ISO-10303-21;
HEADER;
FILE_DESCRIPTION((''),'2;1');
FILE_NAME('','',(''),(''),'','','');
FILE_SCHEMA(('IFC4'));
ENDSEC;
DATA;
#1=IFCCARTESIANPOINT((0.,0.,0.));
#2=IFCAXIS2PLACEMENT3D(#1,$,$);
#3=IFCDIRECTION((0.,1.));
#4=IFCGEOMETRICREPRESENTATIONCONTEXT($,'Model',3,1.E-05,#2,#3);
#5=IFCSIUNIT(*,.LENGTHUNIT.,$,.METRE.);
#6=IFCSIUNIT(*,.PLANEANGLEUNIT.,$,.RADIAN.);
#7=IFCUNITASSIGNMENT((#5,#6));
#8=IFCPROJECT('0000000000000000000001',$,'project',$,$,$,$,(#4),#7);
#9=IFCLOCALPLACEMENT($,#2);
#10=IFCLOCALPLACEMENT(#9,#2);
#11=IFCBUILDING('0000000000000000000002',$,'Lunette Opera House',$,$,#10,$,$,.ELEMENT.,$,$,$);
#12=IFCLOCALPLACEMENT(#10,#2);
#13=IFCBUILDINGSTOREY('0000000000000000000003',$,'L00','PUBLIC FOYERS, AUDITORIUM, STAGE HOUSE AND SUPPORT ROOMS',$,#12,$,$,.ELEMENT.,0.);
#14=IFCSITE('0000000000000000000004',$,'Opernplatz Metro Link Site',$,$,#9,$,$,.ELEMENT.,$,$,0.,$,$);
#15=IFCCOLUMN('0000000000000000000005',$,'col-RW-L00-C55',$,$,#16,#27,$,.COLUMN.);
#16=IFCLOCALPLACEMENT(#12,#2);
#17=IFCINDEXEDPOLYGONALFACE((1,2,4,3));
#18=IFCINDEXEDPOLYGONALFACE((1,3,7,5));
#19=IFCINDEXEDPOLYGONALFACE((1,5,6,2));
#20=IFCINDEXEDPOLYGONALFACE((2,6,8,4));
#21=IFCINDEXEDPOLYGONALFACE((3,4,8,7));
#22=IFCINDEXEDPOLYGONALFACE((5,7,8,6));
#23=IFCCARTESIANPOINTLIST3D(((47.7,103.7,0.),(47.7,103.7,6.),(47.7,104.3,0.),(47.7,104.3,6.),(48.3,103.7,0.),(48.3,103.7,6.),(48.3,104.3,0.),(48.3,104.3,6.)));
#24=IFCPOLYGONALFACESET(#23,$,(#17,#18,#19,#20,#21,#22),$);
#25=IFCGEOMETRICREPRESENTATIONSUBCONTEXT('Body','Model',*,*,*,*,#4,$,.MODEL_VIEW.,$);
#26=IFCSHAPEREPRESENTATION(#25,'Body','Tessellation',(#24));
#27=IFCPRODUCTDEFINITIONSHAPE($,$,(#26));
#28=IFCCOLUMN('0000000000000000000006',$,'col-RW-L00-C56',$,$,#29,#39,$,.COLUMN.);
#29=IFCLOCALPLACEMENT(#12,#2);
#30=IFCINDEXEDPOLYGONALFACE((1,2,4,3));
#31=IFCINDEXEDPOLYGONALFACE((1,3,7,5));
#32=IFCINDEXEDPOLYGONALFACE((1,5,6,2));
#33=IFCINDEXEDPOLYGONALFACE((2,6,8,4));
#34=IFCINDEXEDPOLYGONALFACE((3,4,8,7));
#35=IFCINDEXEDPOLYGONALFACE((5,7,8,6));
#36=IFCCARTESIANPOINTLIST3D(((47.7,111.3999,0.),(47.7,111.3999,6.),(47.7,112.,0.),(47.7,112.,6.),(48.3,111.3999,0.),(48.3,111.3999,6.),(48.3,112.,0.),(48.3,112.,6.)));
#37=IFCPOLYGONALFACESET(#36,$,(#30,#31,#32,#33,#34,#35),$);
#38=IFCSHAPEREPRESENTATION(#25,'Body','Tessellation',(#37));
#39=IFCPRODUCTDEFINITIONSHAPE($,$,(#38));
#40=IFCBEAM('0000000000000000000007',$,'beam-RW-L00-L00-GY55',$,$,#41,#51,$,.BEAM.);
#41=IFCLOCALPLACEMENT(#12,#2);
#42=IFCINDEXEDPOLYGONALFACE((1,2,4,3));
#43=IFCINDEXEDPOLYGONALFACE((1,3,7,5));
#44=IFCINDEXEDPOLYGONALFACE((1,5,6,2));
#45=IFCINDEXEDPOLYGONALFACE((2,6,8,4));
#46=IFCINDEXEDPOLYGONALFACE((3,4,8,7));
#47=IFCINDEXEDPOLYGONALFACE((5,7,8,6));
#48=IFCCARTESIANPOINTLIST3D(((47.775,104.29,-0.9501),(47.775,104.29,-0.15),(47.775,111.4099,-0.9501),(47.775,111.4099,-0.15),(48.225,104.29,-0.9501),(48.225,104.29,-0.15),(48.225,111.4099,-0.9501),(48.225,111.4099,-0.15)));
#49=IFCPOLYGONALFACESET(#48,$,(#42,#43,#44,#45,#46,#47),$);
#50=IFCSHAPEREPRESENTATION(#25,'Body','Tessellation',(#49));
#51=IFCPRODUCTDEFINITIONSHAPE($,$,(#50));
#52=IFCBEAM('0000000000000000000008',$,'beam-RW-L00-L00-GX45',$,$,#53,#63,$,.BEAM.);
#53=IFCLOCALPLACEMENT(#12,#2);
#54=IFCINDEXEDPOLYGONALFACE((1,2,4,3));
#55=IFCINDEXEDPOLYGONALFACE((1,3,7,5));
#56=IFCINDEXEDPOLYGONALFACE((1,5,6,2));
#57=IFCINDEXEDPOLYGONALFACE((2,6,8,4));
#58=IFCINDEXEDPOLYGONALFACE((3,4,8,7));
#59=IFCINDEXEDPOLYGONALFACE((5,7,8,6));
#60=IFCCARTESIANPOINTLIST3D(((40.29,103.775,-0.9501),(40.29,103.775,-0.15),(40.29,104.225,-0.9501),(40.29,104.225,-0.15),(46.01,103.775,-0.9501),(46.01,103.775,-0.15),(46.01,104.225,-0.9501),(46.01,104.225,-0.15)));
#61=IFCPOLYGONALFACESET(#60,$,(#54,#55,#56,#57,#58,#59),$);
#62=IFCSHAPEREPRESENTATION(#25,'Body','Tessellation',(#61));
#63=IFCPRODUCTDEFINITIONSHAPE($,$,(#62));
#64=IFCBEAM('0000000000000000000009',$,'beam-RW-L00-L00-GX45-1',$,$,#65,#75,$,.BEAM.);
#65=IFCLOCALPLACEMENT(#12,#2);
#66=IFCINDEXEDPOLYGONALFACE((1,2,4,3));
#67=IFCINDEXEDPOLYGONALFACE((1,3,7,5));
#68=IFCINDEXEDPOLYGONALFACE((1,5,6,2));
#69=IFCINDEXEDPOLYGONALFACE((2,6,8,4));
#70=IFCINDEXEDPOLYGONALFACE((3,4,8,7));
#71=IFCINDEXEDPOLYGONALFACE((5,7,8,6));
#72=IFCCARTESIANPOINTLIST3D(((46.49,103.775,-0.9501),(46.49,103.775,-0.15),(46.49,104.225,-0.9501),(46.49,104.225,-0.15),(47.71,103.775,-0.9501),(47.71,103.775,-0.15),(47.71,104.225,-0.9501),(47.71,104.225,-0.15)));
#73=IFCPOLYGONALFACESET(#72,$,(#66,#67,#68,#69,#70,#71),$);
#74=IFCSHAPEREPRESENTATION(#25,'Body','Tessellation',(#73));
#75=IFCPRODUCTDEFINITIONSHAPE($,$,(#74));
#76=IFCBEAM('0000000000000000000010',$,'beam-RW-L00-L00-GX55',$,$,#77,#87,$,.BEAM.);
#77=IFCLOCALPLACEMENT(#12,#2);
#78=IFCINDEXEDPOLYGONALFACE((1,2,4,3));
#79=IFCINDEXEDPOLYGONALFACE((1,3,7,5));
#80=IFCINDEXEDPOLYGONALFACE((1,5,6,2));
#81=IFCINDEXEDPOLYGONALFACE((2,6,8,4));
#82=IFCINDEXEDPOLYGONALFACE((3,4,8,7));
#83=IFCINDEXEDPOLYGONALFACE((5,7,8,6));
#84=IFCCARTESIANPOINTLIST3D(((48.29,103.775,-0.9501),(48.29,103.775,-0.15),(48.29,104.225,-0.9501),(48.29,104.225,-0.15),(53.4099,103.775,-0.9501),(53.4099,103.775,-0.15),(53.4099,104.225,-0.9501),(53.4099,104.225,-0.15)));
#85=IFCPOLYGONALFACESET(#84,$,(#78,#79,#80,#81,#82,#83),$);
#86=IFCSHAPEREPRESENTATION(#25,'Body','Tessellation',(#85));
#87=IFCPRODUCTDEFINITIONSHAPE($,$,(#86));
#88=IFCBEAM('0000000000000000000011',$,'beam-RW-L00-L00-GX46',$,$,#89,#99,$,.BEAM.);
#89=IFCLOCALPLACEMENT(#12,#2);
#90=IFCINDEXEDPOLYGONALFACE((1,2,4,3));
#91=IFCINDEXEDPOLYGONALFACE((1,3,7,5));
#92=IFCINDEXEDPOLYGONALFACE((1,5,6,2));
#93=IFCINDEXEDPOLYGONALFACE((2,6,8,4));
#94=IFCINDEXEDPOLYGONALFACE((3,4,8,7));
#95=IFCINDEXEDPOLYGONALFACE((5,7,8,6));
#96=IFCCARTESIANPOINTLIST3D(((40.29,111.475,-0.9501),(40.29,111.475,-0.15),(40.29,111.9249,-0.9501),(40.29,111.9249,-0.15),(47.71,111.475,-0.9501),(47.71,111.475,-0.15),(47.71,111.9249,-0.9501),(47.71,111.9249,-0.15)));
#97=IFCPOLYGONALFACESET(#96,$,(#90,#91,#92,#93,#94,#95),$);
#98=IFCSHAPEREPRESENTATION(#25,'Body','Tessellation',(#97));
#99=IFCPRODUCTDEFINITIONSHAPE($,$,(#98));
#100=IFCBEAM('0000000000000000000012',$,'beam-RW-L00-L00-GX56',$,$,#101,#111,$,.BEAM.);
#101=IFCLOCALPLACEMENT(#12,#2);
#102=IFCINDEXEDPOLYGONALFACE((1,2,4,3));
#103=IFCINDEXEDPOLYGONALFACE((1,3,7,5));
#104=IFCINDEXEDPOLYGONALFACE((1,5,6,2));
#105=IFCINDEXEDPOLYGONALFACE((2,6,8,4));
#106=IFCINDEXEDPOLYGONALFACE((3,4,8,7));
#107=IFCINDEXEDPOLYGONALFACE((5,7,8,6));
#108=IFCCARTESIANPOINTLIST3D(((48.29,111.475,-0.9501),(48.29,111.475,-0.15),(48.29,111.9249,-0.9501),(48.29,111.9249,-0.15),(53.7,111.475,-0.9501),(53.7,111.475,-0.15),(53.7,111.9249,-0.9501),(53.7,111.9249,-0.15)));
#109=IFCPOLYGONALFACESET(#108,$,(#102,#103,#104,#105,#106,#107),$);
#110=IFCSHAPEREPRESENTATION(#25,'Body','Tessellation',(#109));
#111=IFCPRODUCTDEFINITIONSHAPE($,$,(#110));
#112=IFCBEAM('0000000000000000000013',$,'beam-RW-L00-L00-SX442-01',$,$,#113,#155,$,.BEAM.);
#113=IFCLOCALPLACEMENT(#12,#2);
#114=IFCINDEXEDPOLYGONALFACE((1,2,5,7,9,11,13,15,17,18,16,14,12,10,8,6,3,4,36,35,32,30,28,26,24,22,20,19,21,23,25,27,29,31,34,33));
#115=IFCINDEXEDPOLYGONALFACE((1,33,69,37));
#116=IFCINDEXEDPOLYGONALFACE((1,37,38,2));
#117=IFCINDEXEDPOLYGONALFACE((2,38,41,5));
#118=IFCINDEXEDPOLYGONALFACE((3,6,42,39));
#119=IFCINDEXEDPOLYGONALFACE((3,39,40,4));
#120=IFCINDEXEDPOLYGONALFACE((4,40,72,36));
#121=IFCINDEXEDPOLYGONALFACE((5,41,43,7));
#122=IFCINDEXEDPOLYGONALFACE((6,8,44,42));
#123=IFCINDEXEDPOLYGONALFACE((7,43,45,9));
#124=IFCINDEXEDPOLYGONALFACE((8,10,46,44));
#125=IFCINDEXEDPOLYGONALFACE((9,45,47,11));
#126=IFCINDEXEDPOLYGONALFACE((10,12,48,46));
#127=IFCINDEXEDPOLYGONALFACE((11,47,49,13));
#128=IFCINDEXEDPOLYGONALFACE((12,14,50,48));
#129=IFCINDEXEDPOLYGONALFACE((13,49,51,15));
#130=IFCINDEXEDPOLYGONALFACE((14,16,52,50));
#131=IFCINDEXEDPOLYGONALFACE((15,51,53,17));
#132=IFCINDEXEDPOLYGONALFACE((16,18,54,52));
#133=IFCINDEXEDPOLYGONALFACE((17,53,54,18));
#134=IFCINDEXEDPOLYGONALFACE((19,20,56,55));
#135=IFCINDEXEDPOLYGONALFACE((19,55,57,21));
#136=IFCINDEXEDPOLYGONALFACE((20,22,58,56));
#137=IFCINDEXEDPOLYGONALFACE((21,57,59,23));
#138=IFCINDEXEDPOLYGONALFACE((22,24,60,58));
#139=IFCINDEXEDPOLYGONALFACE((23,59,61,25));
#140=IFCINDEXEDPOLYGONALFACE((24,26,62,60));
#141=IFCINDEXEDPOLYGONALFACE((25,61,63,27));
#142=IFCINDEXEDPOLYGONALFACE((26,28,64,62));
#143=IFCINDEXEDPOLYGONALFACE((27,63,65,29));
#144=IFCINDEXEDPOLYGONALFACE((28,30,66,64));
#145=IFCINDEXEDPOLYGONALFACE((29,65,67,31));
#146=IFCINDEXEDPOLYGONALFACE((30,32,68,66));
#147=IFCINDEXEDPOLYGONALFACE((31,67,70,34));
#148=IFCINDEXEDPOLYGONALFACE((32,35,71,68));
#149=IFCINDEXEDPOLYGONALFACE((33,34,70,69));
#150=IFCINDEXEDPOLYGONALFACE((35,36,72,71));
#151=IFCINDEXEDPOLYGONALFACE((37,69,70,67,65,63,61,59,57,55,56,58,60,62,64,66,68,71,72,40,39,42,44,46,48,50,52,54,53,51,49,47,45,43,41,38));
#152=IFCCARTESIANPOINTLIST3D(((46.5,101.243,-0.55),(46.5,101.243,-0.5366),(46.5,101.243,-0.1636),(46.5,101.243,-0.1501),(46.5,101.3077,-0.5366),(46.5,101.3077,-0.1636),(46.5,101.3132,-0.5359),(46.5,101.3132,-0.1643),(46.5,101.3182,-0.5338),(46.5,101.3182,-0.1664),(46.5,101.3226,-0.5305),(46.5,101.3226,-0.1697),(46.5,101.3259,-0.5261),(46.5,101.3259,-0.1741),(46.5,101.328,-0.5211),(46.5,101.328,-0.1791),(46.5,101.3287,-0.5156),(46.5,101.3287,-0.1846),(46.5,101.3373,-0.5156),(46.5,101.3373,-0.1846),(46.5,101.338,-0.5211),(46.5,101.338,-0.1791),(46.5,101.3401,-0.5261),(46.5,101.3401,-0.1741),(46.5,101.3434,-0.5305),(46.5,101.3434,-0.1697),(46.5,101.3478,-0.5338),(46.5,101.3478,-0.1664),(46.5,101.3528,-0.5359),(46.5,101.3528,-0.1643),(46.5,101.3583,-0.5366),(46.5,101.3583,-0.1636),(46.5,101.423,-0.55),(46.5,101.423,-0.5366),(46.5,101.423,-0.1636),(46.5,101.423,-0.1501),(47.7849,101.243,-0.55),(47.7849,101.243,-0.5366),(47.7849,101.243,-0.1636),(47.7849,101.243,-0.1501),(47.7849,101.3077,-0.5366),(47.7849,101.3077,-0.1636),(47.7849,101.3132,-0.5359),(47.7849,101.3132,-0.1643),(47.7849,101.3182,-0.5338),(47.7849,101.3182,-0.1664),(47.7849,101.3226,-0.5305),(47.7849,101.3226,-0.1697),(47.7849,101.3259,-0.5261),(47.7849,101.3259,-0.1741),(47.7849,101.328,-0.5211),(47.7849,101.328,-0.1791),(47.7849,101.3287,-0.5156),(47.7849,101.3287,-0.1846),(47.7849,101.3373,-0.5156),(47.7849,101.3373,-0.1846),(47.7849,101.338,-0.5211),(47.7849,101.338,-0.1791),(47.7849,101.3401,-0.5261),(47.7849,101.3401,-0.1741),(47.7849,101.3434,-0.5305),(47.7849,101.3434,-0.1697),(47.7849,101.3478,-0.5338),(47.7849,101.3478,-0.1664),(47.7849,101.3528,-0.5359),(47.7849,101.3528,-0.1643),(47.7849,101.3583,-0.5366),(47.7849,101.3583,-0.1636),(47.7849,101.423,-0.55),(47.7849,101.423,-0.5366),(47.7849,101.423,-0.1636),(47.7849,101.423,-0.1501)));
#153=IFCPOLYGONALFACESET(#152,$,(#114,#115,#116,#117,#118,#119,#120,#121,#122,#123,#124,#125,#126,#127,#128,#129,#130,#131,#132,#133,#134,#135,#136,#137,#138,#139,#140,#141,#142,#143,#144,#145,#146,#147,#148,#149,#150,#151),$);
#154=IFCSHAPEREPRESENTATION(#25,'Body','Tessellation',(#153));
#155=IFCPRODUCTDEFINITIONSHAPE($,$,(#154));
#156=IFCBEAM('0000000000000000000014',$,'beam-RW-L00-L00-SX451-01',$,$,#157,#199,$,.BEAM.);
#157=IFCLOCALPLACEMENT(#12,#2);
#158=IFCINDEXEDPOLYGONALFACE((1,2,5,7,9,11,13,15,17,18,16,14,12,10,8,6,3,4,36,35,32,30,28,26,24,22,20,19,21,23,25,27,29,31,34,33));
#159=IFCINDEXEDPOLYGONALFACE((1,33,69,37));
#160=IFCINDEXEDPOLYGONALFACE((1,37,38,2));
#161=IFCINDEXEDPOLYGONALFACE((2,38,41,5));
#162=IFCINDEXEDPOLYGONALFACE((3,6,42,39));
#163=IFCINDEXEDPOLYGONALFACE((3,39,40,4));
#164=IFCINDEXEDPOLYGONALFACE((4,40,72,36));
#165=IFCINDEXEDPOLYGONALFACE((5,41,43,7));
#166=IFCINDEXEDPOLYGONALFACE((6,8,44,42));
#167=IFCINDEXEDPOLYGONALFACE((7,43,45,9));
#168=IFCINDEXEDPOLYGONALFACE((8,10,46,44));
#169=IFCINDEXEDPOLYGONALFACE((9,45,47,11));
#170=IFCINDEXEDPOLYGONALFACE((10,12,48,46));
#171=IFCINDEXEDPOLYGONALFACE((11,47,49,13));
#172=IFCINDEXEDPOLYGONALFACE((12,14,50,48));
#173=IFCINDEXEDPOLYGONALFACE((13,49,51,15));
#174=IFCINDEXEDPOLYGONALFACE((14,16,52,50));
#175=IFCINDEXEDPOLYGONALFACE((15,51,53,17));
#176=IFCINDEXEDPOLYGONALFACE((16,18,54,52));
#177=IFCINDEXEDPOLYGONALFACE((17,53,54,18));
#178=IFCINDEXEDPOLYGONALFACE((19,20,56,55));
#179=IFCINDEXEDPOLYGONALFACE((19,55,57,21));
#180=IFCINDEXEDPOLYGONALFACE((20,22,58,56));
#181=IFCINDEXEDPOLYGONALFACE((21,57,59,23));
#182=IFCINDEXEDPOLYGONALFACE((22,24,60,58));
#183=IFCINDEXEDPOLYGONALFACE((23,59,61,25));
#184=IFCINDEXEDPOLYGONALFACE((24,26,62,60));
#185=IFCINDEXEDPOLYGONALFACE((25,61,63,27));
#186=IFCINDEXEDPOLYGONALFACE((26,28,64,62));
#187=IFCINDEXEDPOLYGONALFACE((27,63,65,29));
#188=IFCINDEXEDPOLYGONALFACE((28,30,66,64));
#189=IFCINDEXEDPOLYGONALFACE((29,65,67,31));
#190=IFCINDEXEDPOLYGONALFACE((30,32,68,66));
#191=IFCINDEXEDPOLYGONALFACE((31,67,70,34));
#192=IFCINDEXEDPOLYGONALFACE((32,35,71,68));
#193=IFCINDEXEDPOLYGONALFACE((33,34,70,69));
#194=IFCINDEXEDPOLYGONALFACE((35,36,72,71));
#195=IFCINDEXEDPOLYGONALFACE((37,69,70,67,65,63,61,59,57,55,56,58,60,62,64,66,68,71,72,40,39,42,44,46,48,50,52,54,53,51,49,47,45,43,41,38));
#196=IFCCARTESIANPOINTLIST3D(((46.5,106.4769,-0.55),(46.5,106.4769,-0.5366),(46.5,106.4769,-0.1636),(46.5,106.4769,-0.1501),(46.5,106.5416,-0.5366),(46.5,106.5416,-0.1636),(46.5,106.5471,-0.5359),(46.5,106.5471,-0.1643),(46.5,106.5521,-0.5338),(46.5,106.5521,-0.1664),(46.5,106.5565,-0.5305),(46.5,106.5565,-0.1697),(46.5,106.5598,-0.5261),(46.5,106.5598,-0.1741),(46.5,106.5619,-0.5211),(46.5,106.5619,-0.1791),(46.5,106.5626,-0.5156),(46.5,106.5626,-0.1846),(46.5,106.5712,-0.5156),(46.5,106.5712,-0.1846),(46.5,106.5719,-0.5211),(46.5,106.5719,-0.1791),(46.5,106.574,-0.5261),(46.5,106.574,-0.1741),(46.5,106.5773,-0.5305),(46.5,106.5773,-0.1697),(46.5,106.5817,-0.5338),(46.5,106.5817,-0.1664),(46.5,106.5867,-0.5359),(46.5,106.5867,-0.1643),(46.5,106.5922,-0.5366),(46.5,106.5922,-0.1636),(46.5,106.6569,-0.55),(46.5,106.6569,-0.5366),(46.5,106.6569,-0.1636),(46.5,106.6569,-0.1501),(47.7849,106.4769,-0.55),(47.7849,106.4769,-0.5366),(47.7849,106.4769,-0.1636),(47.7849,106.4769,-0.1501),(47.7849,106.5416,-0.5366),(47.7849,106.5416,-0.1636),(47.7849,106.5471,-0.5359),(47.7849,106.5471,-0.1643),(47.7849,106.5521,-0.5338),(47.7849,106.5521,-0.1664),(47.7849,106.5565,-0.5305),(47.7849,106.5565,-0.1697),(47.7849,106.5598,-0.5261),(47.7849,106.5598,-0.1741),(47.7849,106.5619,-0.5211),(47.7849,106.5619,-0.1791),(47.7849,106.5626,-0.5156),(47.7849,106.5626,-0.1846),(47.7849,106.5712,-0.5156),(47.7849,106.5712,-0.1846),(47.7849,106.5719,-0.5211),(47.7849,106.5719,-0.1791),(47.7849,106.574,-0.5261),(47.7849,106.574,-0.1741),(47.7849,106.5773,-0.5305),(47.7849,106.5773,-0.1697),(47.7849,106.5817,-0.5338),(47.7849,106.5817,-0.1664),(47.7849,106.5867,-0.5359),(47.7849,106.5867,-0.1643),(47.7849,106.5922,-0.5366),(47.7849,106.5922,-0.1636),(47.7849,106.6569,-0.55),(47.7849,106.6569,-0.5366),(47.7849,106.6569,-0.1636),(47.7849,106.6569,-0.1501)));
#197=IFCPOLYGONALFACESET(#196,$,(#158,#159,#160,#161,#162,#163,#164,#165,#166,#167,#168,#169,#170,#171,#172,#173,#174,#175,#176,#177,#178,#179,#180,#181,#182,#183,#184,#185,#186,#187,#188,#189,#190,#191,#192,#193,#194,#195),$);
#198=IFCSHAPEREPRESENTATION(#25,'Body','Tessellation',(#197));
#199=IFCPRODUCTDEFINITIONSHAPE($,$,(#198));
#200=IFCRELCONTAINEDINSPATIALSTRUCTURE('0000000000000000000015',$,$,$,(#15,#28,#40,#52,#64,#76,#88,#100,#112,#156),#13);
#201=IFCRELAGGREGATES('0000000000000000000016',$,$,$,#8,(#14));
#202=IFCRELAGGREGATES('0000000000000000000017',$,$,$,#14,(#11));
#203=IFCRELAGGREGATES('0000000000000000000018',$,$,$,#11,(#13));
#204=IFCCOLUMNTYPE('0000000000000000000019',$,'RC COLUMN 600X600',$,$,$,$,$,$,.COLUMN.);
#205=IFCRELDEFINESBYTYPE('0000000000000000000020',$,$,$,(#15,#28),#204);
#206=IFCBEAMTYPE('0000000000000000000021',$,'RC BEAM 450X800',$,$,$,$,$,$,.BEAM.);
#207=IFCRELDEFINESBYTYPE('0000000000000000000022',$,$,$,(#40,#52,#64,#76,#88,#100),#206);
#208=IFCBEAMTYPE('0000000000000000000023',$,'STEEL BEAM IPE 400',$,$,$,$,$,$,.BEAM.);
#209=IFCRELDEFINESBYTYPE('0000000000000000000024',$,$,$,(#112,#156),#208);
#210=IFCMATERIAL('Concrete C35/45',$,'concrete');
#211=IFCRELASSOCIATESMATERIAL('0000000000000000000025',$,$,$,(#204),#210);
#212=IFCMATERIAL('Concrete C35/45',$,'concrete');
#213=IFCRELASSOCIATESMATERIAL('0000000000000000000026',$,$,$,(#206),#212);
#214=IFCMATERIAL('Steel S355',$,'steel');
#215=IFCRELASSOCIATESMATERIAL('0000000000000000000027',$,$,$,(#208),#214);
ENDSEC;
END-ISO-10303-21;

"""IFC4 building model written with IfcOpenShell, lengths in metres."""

from ifc_helpers import new_model, si_unit, direction, frame, origin, origin_2d, place, context, subcontext, project, spatial, rectangle, i_section, extrude, material, material_profile, profile_set, type_object, element, save


model = new_model("IFC4")

# Units and contexts
model_context = context("Model", 3, precision=1e-05, world=origin(), true_north=direction((0.0, 1.0)))
body_context = subcontext(model_context, "Body", "Model", "MODEL_VIEW")
ifc_project = project(units=[si_unit("LENGTHUNIT", "METRE"), si_unit("PLANEANGLEUNIT", "RADIAN")], contexts=[model_context])

# Site, building, storey
site_placement = place(None, origin())
site = spatial("IfcSite", under=ifc_project, at=site_placement, Name="Opernplatz Metro Link Site", CompositionType="ELEMENT", RefElevation=0.0)
building_placement = place(site_placement, origin())
building = spatial("IfcBuilding", under=site, at=building_placement, Name="Lunette Opera House", CompositionType="ELEMENT")
storey_placement = place(building_placement, origin())
storey = spatial("IfcBuildingStorey", under=building, at=storey_placement, Name="L00", Description="PUBLIC FOYERS, AUDITORIUM, STAGE HOUSE AND SUPPORT ROOMS", CompositionType="ELEMENT", Elevation=0.0)

# Columns
ifc_material_1 = material(Name="Concrete C35/45", Category="concrete")
ifc_material_profile_1 = material_profile(ifc_material_1, rectangle(XDim=0.6001, YDim=0.6001, at=origin_2d()), Name="RC COLUMN 600X600")
ifc_profile_set_1 = profile_set([ifc_material_profile_1], Name="Concrete C35/45")
column_type = type_object("IfcColumnType", Name="RC COLUMN 600X600", PredefinedType="COLUMN", material=ifc_profile_set_1)
for number, where, z_axis, x_axis, name in (
    (1, (48.0, 104.0, 0.0), (0.0, 0.0, 1.0), (1.0, 0.0, 0.0), "col-RW-L00-C55"),
    (2, (48.0, 111.7, 0.0), (0.0, 0.0, 1.0), (1.0, 0.0, 0.0), "col-RW-L00-C56"),
):
    element("IfcColumn", number, at=place(storey_placement, frame(where, z_axis=z_axis, x_axis=x_axis)), inside=storey, type_object=column_type, Name=name, PredefinedType="COLUMN", context=body_context, shape_type="SweptSolid", body=[
        extrude(rectangle(XDim=0.6001, YDim=0.6001, at=origin_2d()), origin(), (0.0, 0.0, 1.0), 6.0),
    ])

# Beams
ifc_material_2 = material(Name="Concrete C35/45", Category="concrete")
ifc_material_profile_2 = material_profile(ifc_material_2, rectangle(XDim=0.45, YDim=0.8, at=origin_2d()), Name="RC BEAM 450X800")
ifc_profile_set_2 = profile_set([ifc_material_profile_2], Name="Concrete C35/45")
beam_type_1 = type_object("IfcBeamType", Name="RC BEAM 450X800", PredefinedType="BEAM", material=ifc_profile_set_2)
beam_1_placement = place(storey_placement, frame((48.0, 104.29, -0.55), z_axis=(0.0, 1.0, 0.0), x_axis=(-1.0, 0.0, 0.0)))
element("IfcBeam", 3, at=beam_1_placement, inside=storey, type_object=beam_type_1, Name="beam-RW-L00-L00-GY55", PredefinedType="BEAM", context=body_context, shape_type="SweptSolid", body=[
    extrude(rectangle(XDim=0.45, YDim=0.8, at=origin_2d()), origin(), (0.0, 0.0, 1.0), 7.1199),
])
beam_2_placement = place(storey_placement, frame((40.29, 104.0, -0.55), z_axis=(1.0, 0.0, 0.0), x_axis=(0.0, 1.0, 0.0)))
element("IfcBeam", 4, at=beam_2_placement, inside=storey, type_object=beam_type_1, Name="beam-RW-L00-L00-GX45", PredefinedType="BEAM", context=body_context, shape_type="SweptSolid", body=[
    extrude(rectangle(XDim=0.45, YDim=0.8, at=origin_2d()), origin(), (0.0, 0.0, 1.0), 5.72),
])
beam_3_placement = place(storey_placement, frame((46.49, 104.0, -0.55), z_axis=(1.0, 0.0, 0.0), x_axis=(0.0, 1.0, 0.0)))
element("IfcBeam", 5, at=beam_3_placement, inside=storey, type_object=beam_type_1, Name="beam-RW-L00-L00-GX45-1", PredefinedType="BEAM", context=body_context, shape_type="SweptSolid", body=[
    extrude(rectangle(XDim=0.45, YDim=0.8, at=origin_2d()), origin(), (0.0, 0.0, 1.0), 1.22),
])
beam_4_placement = place(storey_placement, frame((48.29, 104.0, -0.55), z_axis=(1.0, 0.0, 0.0), x_axis=(0.0, 1.0, 0.0)))
element("IfcBeam", 6, at=beam_4_placement, inside=storey, type_object=beam_type_1, Name="beam-RW-L00-L00-GX55", PredefinedType="BEAM", context=body_context, shape_type="SweptSolid", body=[
    extrude(rectangle(XDim=0.45, YDim=0.8, at=origin_2d()), origin(), (0.0, 0.0, 1.0), 5.1199),
])
beam_5_placement = place(storey_placement, frame((40.29, 111.7, -0.55), z_axis=(1.0, 0.0, 0.0), x_axis=(0.0, 1.0, 0.0)))
element("IfcBeam", 7, at=beam_5_placement, inside=storey, type_object=beam_type_1, Name="beam-RW-L00-L00-GX46", PredefinedType="BEAM", context=body_context, shape_type="SweptSolid", body=[
    extrude(rectangle(XDim=0.45, YDim=0.8, at=origin_2d()), origin(), (0.0, 0.0, 1.0), 7.4199),
])
beam_6_placement = place(storey_placement, frame((48.29, 111.7, -0.55), z_axis=(1.0, 0.0, 0.0), x_axis=(0.0, 1.0, 0.0)))
element("IfcBeam", 8, at=beam_6_placement, inside=storey, type_object=beam_type_1, Name="beam-RW-L00-L00-GX56", PredefinedType="BEAM", context=body_context, shape_type="SweptSolid", body=[
    extrude(rectangle(XDim=0.45, YDim=0.8, at=origin_2d()), origin(), (0.0, 0.0, 1.0), 5.4099),
])
ifc_material_3 = material(Name="Steel S355", Category="steel")
ifc_material_profile_3 = material_profile(ifc_material_3, i_section(OverallWidth=0.1799, OverallDepth=0.3999, WebThickness=0.0085, FlangeThickness=0.0134, FilletRadius=0.021, at=origin_2d()), Name="IPE 400")
ifc_profile_set_3 = profile_set([ifc_material_profile_3], Name="Steel S355")
beam_type_2 = type_object("IfcBeamType", Name="STEEL BEAM IPE 400", PredefinedType="BEAM", material=ifc_profile_set_3)
for number, where, z_axis, x_axis, name in (
    (9, (46.5, 101.333, -0.3501), (1.0, 0.0, 0.0), (0.0, 1.0, 0.0), "beam-RW-L00-L00-SX442-01"),
    (10, (46.5, 106.5669, -0.3501), (1.0, 0.0, 0.0), (0.0, 1.0, 0.0), "beam-RW-L00-L00-SX451-01"),
):
    element("IfcBeam", number, at=place(storey_placement, frame(where, z_axis=z_axis, x_axis=x_axis)), inside=storey, type_object=beam_type_2, Name=name, PredefinedType="BEAM", context=body_context, shape_type="SweptSolid", body=[
        extrude(i_section(OverallWidth=0.1799, OverallDepth=0.3999, WebThickness=0.0085, FlangeThickness=0.0134, FilletRadius=0.021, at=origin_2d()), origin(), (0.0, 0.0, 1.0), 1.2849),
    ])

save(model, "model.ifc")
